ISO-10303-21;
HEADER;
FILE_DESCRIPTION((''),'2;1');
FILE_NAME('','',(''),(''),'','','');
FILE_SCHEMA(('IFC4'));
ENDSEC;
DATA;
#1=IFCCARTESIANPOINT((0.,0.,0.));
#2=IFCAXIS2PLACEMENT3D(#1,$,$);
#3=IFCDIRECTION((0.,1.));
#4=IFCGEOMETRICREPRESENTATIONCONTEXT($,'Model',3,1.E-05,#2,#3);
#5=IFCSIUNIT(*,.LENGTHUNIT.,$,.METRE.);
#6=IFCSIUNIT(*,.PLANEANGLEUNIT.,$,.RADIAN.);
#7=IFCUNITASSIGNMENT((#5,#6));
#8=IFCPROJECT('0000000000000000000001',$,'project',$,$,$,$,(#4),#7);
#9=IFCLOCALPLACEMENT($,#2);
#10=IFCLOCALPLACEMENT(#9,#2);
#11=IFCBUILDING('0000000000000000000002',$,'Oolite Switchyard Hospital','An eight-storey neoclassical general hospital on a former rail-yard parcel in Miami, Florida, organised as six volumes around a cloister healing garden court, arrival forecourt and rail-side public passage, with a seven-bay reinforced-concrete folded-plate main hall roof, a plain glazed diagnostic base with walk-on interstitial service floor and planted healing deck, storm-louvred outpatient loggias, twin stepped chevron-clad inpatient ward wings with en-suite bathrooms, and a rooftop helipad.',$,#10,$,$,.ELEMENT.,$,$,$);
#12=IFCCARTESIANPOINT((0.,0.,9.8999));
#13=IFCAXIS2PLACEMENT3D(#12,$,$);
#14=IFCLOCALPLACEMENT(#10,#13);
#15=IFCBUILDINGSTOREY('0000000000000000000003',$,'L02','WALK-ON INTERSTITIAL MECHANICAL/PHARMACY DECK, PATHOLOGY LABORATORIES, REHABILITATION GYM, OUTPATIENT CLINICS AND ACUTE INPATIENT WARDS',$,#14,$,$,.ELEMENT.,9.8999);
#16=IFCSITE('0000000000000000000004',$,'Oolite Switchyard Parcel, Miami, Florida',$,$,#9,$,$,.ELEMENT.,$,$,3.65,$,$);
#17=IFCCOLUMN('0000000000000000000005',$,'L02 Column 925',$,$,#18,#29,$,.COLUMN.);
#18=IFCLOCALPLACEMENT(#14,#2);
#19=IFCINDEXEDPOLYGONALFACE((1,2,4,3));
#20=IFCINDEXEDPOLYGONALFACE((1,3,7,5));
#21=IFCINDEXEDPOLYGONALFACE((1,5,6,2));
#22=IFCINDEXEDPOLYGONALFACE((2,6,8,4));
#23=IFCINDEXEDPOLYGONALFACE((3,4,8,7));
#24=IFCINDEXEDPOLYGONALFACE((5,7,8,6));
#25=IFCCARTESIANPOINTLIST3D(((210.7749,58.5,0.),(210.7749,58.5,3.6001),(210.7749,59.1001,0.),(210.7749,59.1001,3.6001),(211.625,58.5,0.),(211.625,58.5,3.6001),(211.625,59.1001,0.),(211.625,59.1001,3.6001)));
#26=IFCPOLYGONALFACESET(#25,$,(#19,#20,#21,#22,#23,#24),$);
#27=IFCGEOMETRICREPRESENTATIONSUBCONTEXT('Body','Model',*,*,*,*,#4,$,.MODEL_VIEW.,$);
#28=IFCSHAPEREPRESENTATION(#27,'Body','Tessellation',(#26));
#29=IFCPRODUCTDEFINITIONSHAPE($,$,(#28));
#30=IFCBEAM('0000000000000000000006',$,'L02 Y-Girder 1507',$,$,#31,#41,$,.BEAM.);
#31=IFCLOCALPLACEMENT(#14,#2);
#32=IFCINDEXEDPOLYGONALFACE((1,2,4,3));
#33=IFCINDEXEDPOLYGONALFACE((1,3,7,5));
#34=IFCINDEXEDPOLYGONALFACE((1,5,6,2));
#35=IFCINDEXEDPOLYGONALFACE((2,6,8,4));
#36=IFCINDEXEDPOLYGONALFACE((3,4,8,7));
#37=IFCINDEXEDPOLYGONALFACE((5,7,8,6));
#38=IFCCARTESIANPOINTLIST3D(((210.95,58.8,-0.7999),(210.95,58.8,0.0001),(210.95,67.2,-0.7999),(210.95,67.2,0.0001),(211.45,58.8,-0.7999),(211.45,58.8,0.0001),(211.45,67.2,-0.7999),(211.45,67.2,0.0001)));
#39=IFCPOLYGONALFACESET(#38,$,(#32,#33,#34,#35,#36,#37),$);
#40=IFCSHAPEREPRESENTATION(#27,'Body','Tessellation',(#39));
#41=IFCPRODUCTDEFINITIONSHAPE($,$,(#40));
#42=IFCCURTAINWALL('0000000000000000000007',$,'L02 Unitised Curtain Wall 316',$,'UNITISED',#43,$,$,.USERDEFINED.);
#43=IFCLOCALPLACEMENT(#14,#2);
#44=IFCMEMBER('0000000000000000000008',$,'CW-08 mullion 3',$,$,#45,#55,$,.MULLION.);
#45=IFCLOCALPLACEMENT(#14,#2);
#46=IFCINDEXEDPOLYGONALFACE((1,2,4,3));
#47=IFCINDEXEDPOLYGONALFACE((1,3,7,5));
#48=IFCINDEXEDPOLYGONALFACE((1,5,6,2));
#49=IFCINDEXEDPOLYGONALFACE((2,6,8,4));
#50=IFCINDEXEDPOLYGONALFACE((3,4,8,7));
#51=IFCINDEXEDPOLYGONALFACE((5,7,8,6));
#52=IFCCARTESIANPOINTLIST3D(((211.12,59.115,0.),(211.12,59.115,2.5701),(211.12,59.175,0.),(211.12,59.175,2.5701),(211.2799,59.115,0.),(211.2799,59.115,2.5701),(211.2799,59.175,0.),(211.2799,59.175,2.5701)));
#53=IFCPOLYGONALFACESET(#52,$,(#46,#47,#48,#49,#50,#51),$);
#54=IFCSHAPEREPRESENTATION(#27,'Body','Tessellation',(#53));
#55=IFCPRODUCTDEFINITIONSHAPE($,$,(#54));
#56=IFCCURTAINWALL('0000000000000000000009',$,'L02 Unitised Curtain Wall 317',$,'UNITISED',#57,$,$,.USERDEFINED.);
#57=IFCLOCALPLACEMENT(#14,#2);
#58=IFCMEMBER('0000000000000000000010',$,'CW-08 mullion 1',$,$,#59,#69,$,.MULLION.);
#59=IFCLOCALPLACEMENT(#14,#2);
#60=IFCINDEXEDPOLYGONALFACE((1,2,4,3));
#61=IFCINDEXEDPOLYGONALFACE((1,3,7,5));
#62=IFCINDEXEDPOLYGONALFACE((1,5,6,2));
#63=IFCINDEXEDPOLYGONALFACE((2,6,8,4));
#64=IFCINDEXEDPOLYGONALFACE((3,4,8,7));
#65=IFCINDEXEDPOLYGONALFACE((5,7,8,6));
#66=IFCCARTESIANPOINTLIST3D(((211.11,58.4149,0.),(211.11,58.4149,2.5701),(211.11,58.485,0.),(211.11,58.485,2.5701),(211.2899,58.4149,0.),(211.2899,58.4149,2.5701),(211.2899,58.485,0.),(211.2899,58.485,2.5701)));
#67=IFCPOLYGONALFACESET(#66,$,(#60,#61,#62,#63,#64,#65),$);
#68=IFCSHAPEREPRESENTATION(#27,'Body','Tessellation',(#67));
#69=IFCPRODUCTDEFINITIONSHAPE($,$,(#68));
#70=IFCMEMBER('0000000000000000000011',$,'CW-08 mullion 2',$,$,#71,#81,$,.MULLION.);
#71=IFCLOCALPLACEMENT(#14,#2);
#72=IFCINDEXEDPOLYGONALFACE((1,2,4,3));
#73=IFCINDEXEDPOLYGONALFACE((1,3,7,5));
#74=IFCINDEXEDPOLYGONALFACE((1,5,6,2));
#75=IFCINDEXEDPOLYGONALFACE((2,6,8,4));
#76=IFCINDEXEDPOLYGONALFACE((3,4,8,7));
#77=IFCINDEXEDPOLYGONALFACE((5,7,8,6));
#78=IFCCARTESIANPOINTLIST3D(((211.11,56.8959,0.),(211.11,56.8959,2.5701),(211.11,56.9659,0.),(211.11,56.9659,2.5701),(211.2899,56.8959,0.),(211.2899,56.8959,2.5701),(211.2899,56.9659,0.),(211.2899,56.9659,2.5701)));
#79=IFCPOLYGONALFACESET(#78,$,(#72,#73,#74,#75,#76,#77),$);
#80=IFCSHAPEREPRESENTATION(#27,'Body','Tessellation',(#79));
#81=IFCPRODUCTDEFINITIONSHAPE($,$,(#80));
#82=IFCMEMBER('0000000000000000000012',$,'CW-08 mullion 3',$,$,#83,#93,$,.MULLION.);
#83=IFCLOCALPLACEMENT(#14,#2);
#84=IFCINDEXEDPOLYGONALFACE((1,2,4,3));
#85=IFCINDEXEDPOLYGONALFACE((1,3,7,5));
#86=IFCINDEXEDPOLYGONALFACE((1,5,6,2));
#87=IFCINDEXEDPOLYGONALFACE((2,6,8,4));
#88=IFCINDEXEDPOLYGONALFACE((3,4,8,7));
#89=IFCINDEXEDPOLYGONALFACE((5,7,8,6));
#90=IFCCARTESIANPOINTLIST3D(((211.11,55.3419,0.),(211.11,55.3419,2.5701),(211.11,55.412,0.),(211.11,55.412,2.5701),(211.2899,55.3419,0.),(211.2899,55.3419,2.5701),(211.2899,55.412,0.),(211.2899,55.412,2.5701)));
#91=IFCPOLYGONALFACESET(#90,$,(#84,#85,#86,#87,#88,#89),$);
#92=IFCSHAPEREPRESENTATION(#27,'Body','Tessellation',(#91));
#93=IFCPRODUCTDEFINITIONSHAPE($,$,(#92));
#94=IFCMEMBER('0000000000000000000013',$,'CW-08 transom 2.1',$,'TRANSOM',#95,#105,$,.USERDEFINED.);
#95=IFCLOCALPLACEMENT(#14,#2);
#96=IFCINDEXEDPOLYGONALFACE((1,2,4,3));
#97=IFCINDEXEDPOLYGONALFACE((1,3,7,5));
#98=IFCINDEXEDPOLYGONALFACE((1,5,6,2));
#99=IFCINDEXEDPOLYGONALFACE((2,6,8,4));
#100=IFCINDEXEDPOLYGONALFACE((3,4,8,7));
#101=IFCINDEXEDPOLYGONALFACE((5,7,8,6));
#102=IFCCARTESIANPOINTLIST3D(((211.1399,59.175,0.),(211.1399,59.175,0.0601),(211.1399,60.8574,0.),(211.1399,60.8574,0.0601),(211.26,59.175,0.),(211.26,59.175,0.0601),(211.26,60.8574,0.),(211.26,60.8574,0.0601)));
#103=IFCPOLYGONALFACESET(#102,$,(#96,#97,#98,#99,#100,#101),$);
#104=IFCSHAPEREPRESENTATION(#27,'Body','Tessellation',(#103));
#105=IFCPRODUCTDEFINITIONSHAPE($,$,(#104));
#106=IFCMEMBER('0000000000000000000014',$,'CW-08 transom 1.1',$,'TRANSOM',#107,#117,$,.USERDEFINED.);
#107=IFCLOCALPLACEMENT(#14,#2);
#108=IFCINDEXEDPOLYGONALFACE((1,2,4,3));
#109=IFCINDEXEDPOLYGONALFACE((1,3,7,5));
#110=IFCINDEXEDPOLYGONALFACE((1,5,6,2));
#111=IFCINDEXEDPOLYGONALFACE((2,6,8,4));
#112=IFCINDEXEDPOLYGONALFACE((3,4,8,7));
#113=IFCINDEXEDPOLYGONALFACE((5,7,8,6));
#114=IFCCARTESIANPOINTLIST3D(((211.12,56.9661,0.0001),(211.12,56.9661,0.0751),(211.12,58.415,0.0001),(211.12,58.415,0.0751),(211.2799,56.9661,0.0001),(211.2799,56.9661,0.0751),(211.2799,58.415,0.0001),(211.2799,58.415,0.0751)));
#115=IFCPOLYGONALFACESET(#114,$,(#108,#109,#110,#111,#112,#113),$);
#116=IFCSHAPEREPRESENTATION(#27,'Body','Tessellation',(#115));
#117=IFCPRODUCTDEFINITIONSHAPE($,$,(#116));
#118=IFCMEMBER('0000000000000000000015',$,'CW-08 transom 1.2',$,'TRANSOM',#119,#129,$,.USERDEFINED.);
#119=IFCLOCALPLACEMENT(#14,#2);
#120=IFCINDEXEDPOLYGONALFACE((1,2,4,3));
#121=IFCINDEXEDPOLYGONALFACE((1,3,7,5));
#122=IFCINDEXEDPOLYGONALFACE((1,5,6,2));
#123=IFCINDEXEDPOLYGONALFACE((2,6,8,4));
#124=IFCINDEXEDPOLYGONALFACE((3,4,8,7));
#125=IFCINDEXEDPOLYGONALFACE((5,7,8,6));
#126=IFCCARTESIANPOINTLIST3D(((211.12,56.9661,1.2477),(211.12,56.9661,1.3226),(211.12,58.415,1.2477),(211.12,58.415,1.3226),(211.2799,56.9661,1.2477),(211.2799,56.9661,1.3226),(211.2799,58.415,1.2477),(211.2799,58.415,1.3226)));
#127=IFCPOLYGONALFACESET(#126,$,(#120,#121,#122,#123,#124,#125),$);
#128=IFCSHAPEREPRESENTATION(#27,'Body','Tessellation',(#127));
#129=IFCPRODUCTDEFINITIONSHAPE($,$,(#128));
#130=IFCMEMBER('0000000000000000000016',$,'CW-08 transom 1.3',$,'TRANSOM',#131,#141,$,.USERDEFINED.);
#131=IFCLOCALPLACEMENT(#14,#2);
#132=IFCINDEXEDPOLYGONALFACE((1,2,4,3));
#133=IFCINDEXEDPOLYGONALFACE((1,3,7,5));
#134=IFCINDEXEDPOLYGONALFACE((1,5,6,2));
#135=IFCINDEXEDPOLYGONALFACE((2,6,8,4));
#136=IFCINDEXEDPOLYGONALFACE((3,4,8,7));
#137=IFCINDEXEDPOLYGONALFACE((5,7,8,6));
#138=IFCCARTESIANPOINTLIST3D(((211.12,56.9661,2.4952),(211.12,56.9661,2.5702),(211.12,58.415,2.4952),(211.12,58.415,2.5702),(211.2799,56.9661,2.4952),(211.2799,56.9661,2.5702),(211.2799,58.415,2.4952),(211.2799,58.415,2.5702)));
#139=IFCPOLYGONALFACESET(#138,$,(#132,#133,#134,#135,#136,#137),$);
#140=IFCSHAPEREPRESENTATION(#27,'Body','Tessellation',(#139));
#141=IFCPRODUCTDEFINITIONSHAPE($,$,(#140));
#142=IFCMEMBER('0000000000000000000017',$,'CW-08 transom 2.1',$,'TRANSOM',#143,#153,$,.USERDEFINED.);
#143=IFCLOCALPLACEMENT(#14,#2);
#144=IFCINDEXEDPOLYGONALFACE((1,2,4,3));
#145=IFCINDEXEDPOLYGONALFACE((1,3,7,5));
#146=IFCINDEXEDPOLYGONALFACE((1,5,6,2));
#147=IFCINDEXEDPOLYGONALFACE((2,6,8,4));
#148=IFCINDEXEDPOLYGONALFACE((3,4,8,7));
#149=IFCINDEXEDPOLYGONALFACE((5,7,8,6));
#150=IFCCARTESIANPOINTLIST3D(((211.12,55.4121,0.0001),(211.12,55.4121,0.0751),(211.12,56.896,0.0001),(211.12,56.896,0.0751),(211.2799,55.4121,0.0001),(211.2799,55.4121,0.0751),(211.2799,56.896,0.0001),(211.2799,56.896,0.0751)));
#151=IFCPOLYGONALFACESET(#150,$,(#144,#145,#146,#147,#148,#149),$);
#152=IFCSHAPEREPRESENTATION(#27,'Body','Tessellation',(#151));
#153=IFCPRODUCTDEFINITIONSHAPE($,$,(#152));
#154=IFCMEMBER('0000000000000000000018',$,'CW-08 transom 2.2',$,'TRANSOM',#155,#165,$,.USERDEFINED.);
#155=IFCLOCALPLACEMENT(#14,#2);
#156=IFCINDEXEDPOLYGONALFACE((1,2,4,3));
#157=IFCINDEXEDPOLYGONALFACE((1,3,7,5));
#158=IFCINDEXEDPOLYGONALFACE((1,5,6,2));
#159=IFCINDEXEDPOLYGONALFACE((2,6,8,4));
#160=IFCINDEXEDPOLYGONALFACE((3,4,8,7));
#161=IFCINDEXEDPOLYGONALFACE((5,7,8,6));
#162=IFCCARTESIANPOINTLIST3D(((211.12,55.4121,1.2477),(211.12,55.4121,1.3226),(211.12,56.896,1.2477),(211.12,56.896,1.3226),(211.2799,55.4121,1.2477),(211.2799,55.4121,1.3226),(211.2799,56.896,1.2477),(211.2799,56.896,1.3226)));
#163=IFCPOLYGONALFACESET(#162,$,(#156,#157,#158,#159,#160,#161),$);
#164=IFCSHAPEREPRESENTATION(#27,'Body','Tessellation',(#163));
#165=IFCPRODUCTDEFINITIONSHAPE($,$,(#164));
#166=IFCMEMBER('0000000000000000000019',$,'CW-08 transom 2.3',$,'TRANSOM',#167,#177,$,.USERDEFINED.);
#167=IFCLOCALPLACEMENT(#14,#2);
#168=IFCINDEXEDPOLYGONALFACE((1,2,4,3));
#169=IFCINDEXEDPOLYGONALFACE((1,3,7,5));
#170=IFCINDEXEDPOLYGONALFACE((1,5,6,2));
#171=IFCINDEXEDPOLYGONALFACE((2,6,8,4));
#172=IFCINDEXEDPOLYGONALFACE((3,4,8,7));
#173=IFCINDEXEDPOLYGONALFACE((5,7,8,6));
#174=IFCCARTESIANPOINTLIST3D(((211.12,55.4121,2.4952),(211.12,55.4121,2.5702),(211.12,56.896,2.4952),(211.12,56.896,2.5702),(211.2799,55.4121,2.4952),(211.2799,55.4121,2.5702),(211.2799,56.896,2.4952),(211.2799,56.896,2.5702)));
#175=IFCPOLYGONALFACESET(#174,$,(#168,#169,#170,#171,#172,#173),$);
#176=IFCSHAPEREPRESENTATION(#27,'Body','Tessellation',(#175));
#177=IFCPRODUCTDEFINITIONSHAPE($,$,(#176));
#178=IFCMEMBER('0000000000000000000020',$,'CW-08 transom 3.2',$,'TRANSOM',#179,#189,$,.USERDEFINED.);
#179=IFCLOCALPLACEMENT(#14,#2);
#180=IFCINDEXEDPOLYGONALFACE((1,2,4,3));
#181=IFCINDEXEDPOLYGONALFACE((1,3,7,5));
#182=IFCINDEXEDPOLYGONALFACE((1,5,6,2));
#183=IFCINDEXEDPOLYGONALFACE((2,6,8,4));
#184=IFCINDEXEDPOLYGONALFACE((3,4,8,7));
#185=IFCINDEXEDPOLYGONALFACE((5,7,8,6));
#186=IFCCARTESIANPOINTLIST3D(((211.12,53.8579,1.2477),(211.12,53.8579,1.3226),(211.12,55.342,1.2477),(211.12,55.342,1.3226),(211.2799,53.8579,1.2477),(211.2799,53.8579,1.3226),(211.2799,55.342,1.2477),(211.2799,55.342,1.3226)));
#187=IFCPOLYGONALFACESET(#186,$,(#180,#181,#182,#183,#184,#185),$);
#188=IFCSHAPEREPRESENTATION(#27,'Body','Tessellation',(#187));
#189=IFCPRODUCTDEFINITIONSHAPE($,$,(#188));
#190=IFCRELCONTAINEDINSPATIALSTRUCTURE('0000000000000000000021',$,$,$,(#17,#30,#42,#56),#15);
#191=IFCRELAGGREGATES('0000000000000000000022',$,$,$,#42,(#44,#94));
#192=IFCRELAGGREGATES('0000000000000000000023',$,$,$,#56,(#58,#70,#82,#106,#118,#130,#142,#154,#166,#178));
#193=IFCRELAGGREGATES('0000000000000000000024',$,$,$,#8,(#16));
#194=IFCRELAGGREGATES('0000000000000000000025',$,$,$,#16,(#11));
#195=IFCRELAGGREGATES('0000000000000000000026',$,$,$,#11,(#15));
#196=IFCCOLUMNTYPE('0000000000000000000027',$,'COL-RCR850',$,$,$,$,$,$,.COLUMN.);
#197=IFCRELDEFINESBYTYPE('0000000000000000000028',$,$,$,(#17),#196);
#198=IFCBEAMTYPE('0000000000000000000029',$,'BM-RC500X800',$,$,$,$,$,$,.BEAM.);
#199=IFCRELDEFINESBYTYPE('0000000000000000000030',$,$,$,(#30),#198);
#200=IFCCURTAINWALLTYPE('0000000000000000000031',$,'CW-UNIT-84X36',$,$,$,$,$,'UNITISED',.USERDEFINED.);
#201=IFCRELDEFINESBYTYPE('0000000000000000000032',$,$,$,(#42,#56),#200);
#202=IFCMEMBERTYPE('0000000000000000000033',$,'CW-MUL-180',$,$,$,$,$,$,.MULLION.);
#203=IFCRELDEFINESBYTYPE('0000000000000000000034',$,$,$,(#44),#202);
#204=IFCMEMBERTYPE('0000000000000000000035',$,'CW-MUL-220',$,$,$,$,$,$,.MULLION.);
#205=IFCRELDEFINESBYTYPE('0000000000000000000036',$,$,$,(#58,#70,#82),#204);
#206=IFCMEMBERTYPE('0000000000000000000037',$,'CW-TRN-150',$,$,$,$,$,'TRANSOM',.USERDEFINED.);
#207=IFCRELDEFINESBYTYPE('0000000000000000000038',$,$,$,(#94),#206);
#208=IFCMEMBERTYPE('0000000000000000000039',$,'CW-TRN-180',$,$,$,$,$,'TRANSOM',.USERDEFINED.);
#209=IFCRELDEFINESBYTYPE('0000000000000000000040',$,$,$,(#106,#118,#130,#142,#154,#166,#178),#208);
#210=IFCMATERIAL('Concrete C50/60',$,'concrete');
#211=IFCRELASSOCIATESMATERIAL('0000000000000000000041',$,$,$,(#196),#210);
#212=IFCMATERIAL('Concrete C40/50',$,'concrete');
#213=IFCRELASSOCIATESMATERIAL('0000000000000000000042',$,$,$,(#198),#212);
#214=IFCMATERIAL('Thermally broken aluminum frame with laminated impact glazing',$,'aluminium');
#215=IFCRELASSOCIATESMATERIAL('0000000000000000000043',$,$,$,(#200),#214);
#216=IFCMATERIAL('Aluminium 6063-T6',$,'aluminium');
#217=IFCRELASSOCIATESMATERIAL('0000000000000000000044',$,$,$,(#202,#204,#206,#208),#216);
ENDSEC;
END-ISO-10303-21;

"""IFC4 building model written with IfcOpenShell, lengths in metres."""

from ifc_helpers import new_model, si_unit, direction, frame, origin, origin_2d, place, context, subcontext, project, spatial, rectangle, extrude, material, material_profile, profile_set, type_object, element, aggregate, save


model = new_model("IFC4")

# Units and contexts
model_context = context("Model", 3, precision=1e-05, world=origin(), true_north=direction((0.0, 1.0)))
body_context = subcontext(model_context, "Body", "Model", "MODEL_VIEW")
ifc_project = project(units=[si_unit("LENGTHUNIT", "METRE"), si_unit("PLANEANGLEUNIT", "RADIAN")], contexts=[model_context])

# Site, building, storey
site_placement = place(None, origin())
site = spatial("IfcSite", under=ifc_project, at=site_placement, Name="Oolite Switchyard Parcel, Miami, Florida", CompositionType="ELEMENT", RefElevation=3.65)
building_placement = place(site_placement, origin())
building = spatial("IfcBuilding", under=site, at=building_placement, Name="Oolite Switchyard Hospital", Description="An eight-storey neoclassical general hospital on a former rail-yard parcel in Miami, Florida, organised as six volumes around a cloister healing garden court, arrival forecourt and rail-side public passage, with a seven-bay reinforced-concrete folded-plate main hall roof, a plain glazed diagnostic base with walk-on interstitial service floor and planted healing deck, storm-louvred outpatient loggias, twin stepped chevron-clad inpatient ward wings with en-suite bathrooms, and a rooftop helipad.", CompositionType="ELEMENT")
storey_placement = place(building_placement, frame((0.0, 0.0, 9.8999)))
storey = spatial("IfcBuildingStorey", under=building, at=storey_placement, Name="L02", Description="WALK-ON INTERSTITIAL MECHANICAL/PHARMACY DECK, PATHOLOGY LABORATORIES, REHABILITATION GYM, OUTPATIENT CLINICS AND ACUTE INPATIENT WARDS", CompositionType="ELEMENT", Elevation=9.8999)

# Column
ifc_material_1 = material(Name="Concrete C50/60", Category="concrete")
ifc_material_profile_1 = material_profile(ifc_material_1, rectangle(XDim=0.8501, YDim=0.6001, at=origin_2d()), Name="RC850X600")
ifc_profile_set_1 = profile_set([ifc_material_profile_1], Name="Concrete C50/60")
column_type = type_object("IfcColumnType", Name="COL-RCR850", PredefinedType="COLUMN", material=ifc_profile_set_1)
column_placement = place(storey_placement, frame((211.2, 58.8, 0.0), z_axis=(0.0, 0.0, 1.0), x_axis=(1.0, 0.0, 0.0)))
element("IfcColumn", 1, at=column_placement, inside=storey, type_object=column_type, Name="L02 Column 925", PredefinedType="COLUMN", context=body_context, shape_type="SweptSolid", body=[
    extrude(rectangle(XDim=0.8501, YDim=0.6001, at=origin_2d()), origin(), (0.0, 0.0, 1.0), 3.6001),
])

# Beam
ifc_material_2 = material(Name="Concrete C40/50", Category="concrete")
ifc_material_profile_2 = material_profile(ifc_material_2, rectangle(XDim=0.5, YDim=0.8, at=origin_2d()), Name="RCB500X800")
ifc_profile_set_2 = profile_set([ifc_material_profile_2], Name="Concrete C40/50")
beam_type = type_object("IfcBeamType", Name="BM-RC500X800", PredefinedType="BEAM", material=ifc_profile_set_2)
beam_placement = place(storey_placement, frame((211.2, 58.8, -0.3999), z_axis=(0.0, 1.0, 0.0), x_axis=(-1.0, 0.0, 0.0)))
element("IfcBeam", 2, at=beam_placement, inside=storey, type_object=beam_type, Name="L02 Y-Girder 1507", PredefinedType="BEAM", context=body_context, shape_type="SweptSolid", body=[
    extrude(rectangle(XDim=0.5, YDim=0.8, at=origin_2d()), origin(), (0.0, 0.0, 1.0), 8.3999),
])

# Curtain wall, member
ifc_material_3 = material(Name="Thermally broken aluminum frame with laminated impact glazing", Category="aluminium")
curtain_wall_type = type_object("IfcCurtainWallType", Name="CW-UNIT-84X36", ElementType="UNITISED", PredefinedType="USERDEFINED", material=ifc_material_3)
curtain_wall_1_placement = place(storey_placement, origin())
curtain_wall_1 = element("IfcCurtainWall", 3, at=curtain_wall_1_placement, inside=storey, type_object=curtain_wall_type, Name="L02 Unitised Curtain Wall 316", ObjectType="UNITISED", PredefinedType="USERDEFINED")
ifc_material_4 = material(Name="Aluminium 6063-T6", Category="aluminium")
ifc_material_profile_3 = material_profile(ifc_material_4, rectangle(XDim=0.1599, YDim=0.0601, at=origin_2d()), Name="CWM60X160")
ifc_profile_set_3 = profile_set([ifc_material_profile_3], Name="Aluminium 6063-T6")
member_type_1 = type_object("IfcMemberType", Name="CW-MUL-180", PredefinedType="MULLION", material=ifc_profile_set_3)
member_1_placement = place(storey_placement, frame((211.2, 59.145, 0.0), z_axis=(0.0, 0.0, 1.0), x_axis=(1.0, 0.0, 0.0)))
member_1 = element("IfcMember", 4, at=member_1_placement, type_object=member_type_1, Name="CW-08 mullion 3", PredefinedType="MULLION", context=body_context, shape_type="SweptSolid", body=[
    extrude(rectangle(XDim=0.1599, YDim=0.0601, at=origin_2d()), origin(), (0.0, 0.0, 1.0), 2.5701),
])

# Curtain wall, members
curtain_wall_2_placement = place(storey_placement, origin())
curtain_wall_2 = element("IfcCurtainWall", 5, at=curtain_wall_2_placement, inside=storey, type_object=curtain_wall_type, Name="L02 Unitised Curtain Wall 317", ObjectType="UNITISED", PredefinedType="USERDEFINED")
ifc_material_profile_4 = material_profile(ifc_material_4, rectangle(XDim=0.1799, YDim=0.0701, at=origin_2d()), Name="CWM70X180")
ifc_profile_set_4 = profile_set([ifc_material_profile_4], Name="Aluminium 6063-T6")
member_type_2 = type_object("IfcMemberType", Name="CW-MUL-220", PredefinedType="MULLION", material=ifc_profile_set_4)
member_2_placement = place(storey_placement, frame((211.2, 58.45, 0.0), z_axis=(0.0, 0.0, 1.0), x_axis=(1.0, 0.0, 0.0)))
member_2 = element("IfcMember", 6, at=member_2_placement, type_object=member_type_2, Name="CW-08 mullion 1", PredefinedType="MULLION", context=body_context, shape_type="SweptSolid", body=[
    extrude(rectangle(XDim=0.1799, YDim=0.0701, at=origin_2d()), origin(), (0.0, 0.0, 1.0), 2.5701),
])
member_3_placement = place(storey_placement, frame((211.2, 56.9309, 0.0), z_axis=(0.0, 0.0, 1.0), x_axis=(1.0, 0.0, 0.0)))
member_3 = element("IfcMember", 7, at=member_3_placement, type_object=member_type_2, Name="CW-08 mullion 2", PredefinedType="MULLION", context=body_context, shape_type="SweptSolid", body=[
    extrude(rectangle(XDim=0.1799, YDim=0.0701, at=origin_2d()), origin(), (0.0, 0.0, 1.0), 2.5701),
])
member_4_placement = place(storey_placement, frame((211.2, 55.377, 0.0), z_axis=(0.0, 0.0, 1.0), x_axis=(1.0, 0.0, 0.0)))
member_4 = element("IfcMember", 8, at=member_4_placement, type_object=member_type_2, Name="CW-08 mullion 3", PredefinedType="MULLION", context=body_context, shape_type="SweptSolid", body=[
    extrude(rectangle(XDim=0.1799, YDim=0.0701, at=origin_2d()), origin(), (0.0, 0.0, 1.0), 2.5701),
])

# Members
ifc_material_profile_5 = material_profile(ifc_material_4, rectangle(XDim=0.1201, YDim=0.0601, at=origin_2d()), Name="CWT60X120")
ifc_profile_set_5 = profile_set([ifc_material_profile_5], Name="Aluminium 6063-T6")
member_type_3 = type_object("IfcMemberType", Name="CW-TRN-150", ElementType="TRANSOM", PredefinedType="USERDEFINED", material=ifc_profile_set_5)
member_5_placement = place(storey_placement, frame((211.2, 60.8574, 0.03), z_axis=(0.0, -1.0, 0.0), x_axis=(1.0, 0.0, 0.0)))
member_5 = element("IfcMember", 9, at=member_5_placement, type_object=member_type_3, Name="CW-08 transom 2.1", ObjectType="TRANSOM", PredefinedType="USERDEFINED", context=body_context, shape_type="SweptSolid", body=[
    extrude(rectangle(XDim=0.1201, YDim=0.0601, at=origin_2d()), origin(), (0.0, 0.0, 1.0), 1.6824),
])
ifc_material_profile_6 = material_profile(ifc_material_4, rectangle(XDim=0.1599, YDim=0.075, at=origin_2d()), Name="CWT75X160")
ifc_profile_set_6 = profile_set([ifc_material_profile_6], Name="Aluminium 6063-T6")
member_type_4 = type_object("IfcMemberType", Name="CW-TRN-180", ElementType="TRANSOM", PredefinedType="USERDEFINED", material=ifc_profile_set_6)
member_6_placement = place(storey_placement, frame((211.2, 58.415, 0.0376), z_axis=(0.0, -1.0, 0.0), x_axis=(1.0, 0.0, 0.0)))
member_6 = element("IfcMember", 10, at=member_6_placement, type_object=member_type_4, Name="CW-08 transom 1.1", ObjectType="TRANSOM", PredefinedType="USERDEFINED", context=body_context, shape_type="SweptSolid", body=[
    extrude(rectangle(XDim=0.1599, YDim=0.075, at=origin_2d()), origin(), (0.0, 0.0, 1.0), 1.449),
])
member_7_placement = place(storey_placement, frame((211.2, 58.415, 1.2852), z_axis=(0.0, -1.0, 0.0), x_axis=(1.0, 0.0, 0.0)))
member_7 = element("IfcMember", 11, at=member_7_placement, type_object=member_type_4, Name="CW-08 transom 1.2", ObjectType="TRANSOM", PredefinedType="USERDEFINED", context=body_context, shape_type="SweptSolid", body=[
    extrude(rectangle(XDim=0.1599, YDim=0.075, at=origin_2d()), origin(), (0.0, 0.0, 1.0), 1.449),
])
member_8_placement = place(storey_placement, frame((211.2, 58.415, 2.5327), z_axis=(0.0, -1.0, 0.0), x_axis=(1.0, 0.0, 0.0)))
member_8 = element("IfcMember", 12, at=member_8_placement, type_object=member_type_4, Name="CW-08 transom 1.3", ObjectType="TRANSOM", PredefinedType="USERDEFINED", context=body_context, shape_type="SweptSolid", body=[
    extrude(rectangle(XDim=0.1599, YDim=0.075, at=origin_2d()), origin(), (0.0, 0.0, 1.0), 1.449),
])
member_9_placement = place(storey_placement, frame((211.2, 56.896, 0.0376), z_axis=(0.0, -1.0, 0.0), x_axis=(1.0, 0.0, 0.0)))
member_9 = element("IfcMember", 13, at=member_9_placement, type_object=member_type_4, Name="CW-08 transom 2.1", ObjectType="TRANSOM", PredefinedType="USERDEFINED", context=body_context, shape_type="SweptSolid", body=[
    extrude(rectangle(XDim=0.1599, YDim=0.075, at=origin_2d()), origin(), (0.0, 0.0, 1.0), 1.4839),
])
member_10_placement = place(storey_placement, frame((211.2, 56.896, 1.2852), z_axis=(0.0, -1.0, 0.0), x_axis=(1.0, 0.0, 0.0)))
member_10 = element("IfcMember", 14, at=member_10_placement, type_object=member_type_4, Name="CW-08 transom 2.2", ObjectType="TRANSOM", PredefinedType="USERDEFINED", context=body_context, shape_type="SweptSolid", body=[
    extrude(rectangle(XDim=0.1599, YDim=0.075, at=origin_2d()), origin(), (0.0, 0.0, 1.0), 1.4839),
])
member_11_placement = place(storey_placement, frame((211.2, 56.896, 2.5327), z_axis=(0.0, -1.0, 0.0), x_axis=(1.0, 0.0, 0.0)))
member_11 = element("IfcMember", 15, at=member_11_placement, type_object=member_type_4, Name="CW-08 transom 2.3", ObjectType="TRANSOM", PredefinedType="USERDEFINED", context=body_context, shape_type="SweptSolid", body=[
    extrude(rectangle(XDim=0.1599, YDim=0.075, at=origin_2d()), origin(), (0.0, 0.0, 1.0), 1.4839),
])
member_12_placement = place(storey_placement, frame((211.2, 55.342, 1.2852), z_axis=(0.0, -1.0, 0.0), x_axis=(1.0, 0.0, 0.0)))
member_12 = element("IfcMember", 16, at=member_12_placement, type_object=member_type_4, Name="CW-08 transom 3.2", ObjectType="TRANSOM", PredefinedType="USERDEFINED", context=body_context, shape_type="SweptSolid", body=[
    extrude(rectangle(XDim=0.1599, YDim=0.075, at=origin_2d()), origin(), (0.0, 0.0, 1.0), 1.4841),
])

aggregate(curtain_wall_1, [member_1, member_5])
aggregate(curtain_wall_2, [member_2, member_3, member_4, member_6, member_7, member_8, member_9, member_10, member_11, member_12])

save(model, "model.ifc")
